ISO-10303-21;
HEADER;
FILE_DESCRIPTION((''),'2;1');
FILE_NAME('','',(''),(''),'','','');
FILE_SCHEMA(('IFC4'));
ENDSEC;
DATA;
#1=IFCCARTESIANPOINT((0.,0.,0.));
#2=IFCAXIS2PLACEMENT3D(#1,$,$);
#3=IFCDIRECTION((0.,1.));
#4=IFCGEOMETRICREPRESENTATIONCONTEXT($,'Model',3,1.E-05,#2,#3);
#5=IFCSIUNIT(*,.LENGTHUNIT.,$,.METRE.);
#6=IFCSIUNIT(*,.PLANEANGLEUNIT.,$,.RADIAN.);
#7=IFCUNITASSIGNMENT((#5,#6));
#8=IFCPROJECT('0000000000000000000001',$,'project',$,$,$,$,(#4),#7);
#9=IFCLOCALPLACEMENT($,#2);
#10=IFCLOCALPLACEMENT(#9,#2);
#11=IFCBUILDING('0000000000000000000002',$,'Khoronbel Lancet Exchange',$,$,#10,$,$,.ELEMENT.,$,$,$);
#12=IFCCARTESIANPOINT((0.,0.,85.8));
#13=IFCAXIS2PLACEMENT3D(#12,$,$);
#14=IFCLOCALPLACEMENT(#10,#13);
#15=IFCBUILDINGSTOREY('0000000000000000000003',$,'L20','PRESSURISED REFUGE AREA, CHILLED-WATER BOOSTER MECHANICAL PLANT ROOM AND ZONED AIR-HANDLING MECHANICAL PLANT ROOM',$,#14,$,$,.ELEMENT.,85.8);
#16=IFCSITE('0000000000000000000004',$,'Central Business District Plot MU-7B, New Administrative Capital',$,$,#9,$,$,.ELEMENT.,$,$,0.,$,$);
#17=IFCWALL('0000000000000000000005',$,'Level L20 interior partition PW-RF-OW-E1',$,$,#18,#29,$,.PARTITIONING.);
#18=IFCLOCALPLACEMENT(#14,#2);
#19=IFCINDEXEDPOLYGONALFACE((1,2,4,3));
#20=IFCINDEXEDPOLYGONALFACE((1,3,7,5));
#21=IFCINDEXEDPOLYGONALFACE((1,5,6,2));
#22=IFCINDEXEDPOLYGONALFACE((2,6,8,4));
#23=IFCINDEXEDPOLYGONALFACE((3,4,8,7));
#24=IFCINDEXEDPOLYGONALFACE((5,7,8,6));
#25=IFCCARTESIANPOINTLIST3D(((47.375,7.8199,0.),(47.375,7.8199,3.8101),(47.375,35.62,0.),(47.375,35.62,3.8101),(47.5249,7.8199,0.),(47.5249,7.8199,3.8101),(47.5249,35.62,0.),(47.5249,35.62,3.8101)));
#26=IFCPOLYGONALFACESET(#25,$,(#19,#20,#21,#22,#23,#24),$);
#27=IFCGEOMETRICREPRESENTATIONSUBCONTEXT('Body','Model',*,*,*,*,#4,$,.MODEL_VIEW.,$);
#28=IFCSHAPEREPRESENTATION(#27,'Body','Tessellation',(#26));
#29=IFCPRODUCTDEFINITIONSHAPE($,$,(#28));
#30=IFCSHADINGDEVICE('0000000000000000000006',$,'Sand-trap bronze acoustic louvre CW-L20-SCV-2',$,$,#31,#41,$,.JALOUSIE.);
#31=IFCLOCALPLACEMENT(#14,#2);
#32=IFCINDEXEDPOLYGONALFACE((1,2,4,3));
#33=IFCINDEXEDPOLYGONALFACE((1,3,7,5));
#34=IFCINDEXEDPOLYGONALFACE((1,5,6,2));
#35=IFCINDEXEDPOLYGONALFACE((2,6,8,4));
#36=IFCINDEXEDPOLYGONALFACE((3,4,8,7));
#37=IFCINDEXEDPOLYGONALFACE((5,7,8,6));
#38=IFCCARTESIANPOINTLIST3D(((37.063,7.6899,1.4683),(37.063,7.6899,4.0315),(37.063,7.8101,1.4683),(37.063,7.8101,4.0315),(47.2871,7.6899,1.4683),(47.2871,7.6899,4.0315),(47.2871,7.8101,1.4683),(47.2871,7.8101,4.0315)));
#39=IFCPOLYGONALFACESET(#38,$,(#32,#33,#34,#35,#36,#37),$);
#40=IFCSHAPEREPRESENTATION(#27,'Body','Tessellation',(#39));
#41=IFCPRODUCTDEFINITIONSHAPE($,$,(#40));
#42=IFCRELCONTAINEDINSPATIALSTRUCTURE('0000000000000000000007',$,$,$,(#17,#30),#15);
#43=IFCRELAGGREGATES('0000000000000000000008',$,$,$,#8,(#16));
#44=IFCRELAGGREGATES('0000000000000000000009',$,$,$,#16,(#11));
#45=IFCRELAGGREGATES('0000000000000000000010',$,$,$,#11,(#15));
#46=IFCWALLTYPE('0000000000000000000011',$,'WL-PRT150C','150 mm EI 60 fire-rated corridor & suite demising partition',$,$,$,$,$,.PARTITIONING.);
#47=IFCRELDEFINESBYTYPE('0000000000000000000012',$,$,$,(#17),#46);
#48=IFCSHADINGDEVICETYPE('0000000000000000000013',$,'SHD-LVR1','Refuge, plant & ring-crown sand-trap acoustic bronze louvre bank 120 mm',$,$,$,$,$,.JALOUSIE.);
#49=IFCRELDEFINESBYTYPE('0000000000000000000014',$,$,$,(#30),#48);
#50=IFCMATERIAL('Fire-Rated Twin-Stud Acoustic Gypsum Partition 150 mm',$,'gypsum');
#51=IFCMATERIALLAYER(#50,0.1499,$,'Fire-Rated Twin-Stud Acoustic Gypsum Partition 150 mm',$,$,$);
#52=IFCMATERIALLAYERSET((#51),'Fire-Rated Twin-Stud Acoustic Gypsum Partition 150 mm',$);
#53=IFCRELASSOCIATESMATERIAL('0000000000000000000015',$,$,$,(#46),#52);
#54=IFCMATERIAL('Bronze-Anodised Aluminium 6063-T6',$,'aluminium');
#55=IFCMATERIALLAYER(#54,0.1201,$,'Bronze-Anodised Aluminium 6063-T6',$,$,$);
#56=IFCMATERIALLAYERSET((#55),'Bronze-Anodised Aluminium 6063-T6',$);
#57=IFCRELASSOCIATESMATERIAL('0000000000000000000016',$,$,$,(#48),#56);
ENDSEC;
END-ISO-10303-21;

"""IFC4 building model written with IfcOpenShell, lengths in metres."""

from ifc_helpers import new_model, si_unit, direction, frame, frame_2d, origin, origin_2d, place, context, subcontext, project, spatial, rectangle, extrude, material, layer, layer_set, type_object, element, save


model = new_model("IFC4")

# Units and contexts
model_context = context("Model", 3, precision=1e-05, world=origin(), true_north=direction((0.0, 1.0)))
body_context = subcontext(model_context, "Body", "Model", "MODEL_VIEW")
ifc_project = project(units=[si_unit("LENGTHUNIT", "METRE"), si_unit("PLANEANGLEUNIT", "RADIAN")], contexts=[model_context])

# Site, building, storey
site_placement = place(None, origin())
site = spatial("IfcSite", under=ifc_project, at=site_placement, Name="Central Business District Plot MU-7B, New Administrative Capital", CompositionType="ELEMENT", RefElevation=0.0)
building_placement = place(site_placement, origin())
building = spatial("IfcBuilding", under=site, at=building_placement, Name="Khoronbel Lancet Exchange", CompositionType="ELEMENT")
storey_placement = place(building_placement, frame((0.0, 0.0, 85.8)))
storey = spatial("IfcBuildingStorey", under=building, at=storey_placement, Name="L20", Description="PRESSURISED REFUGE AREA, CHILLED-WATER BOOSTER MECHANICAL PLANT ROOM AND ZONED AIR-HANDLING MECHANICAL PLANT ROOM", CompositionType="ELEMENT", Elevation=85.8)

# Shared definitions
ifc_material_1 = material(Name="Bronze-Anodised Aluminium 6063-T6", Category="aluminium")

# Wall
ifc_material_2 = material(Name="Fire-Rated Twin-Stud Acoustic Gypsum Partition 150 mm", Category="gypsum")
ifc_layer_1 = layer(ifc_material_2, 0.1499, Name="Fire-Rated Twin-Stud Acoustic Gypsum Partition 150 mm")
ifc_layer_set_1 = layer_set([ifc_layer_1], Name="Fire-Rated Twin-Stud Acoustic Gypsum Partition 150 mm")
wall_type = type_object("IfcWallType", Name="WL-PRT150C", Description="150 mm EI 60 fire-rated corridor & suite demising partition", PredefinedType="PARTITIONING", material=ifc_layer_set_1)
wall_1_placement = place(storey_placement, frame((47.45, 7.8201, 0.0), z_axis=(0.0, 0.0, 1.0), x_axis=(0.0, 1.0, 0.0)))
element("IfcWall", 1, at=wall_1_placement, inside=storey, type_object=wall_type, Name="Level L20 interior partition PW-RF-OW-E1", PredefinedType="PARTITIONING", context=body_context, shape_type="SweptSolid", body=[
    extrude(rectangle(XDim=27.8, YDim=0.1499, at=frame_2d((13.8999, 0.0))), origin(), (0.0, 0.0, 1.0), 3.8101),
])

# Shading device
ifc_layer_2 = layer(ifc_material_1, 0.1201, Name="Bronze-Anodised Aluminium 6063-T6")
ifc_layer_set_2 = layer_set([ifc_layer_2], Name="Bronze-Anodised Aluminium 6063-T6")
shading_device_type = type_object("IfcShadingDeviceType", Name="SHD-LVR1", Description="Refuge, plant & ring-crown sand-trap acoustic bronze louvre bank 120 mm", PredefinedType="JALOUSIE", material=ifc_layer_set_2)
shading_device_placement = place(storey_placement, frame((42.175, 7.75, 1.4683), z_axis=(0.0, 0.0, 1.0), x_axis=(1.0, 0.0, 0.0)))
element("IfcShadingDevice", 2, at=shading_device_placement, inside=storey, type_object=shading_device_type, Name="Sand-trap bronze acoustic louvre CW-L20-SCV-2", PredefinedType="JALOUSIE", context=body_context, shape_type="SweptSolid", body=[
    extrude(rectangle(XDim=10.2241, YDim=0.1201, at=origin_2d()), origin(), (0.0, 0.0, 1.0), 2.5632),
])

save(model, "model.ifc")
